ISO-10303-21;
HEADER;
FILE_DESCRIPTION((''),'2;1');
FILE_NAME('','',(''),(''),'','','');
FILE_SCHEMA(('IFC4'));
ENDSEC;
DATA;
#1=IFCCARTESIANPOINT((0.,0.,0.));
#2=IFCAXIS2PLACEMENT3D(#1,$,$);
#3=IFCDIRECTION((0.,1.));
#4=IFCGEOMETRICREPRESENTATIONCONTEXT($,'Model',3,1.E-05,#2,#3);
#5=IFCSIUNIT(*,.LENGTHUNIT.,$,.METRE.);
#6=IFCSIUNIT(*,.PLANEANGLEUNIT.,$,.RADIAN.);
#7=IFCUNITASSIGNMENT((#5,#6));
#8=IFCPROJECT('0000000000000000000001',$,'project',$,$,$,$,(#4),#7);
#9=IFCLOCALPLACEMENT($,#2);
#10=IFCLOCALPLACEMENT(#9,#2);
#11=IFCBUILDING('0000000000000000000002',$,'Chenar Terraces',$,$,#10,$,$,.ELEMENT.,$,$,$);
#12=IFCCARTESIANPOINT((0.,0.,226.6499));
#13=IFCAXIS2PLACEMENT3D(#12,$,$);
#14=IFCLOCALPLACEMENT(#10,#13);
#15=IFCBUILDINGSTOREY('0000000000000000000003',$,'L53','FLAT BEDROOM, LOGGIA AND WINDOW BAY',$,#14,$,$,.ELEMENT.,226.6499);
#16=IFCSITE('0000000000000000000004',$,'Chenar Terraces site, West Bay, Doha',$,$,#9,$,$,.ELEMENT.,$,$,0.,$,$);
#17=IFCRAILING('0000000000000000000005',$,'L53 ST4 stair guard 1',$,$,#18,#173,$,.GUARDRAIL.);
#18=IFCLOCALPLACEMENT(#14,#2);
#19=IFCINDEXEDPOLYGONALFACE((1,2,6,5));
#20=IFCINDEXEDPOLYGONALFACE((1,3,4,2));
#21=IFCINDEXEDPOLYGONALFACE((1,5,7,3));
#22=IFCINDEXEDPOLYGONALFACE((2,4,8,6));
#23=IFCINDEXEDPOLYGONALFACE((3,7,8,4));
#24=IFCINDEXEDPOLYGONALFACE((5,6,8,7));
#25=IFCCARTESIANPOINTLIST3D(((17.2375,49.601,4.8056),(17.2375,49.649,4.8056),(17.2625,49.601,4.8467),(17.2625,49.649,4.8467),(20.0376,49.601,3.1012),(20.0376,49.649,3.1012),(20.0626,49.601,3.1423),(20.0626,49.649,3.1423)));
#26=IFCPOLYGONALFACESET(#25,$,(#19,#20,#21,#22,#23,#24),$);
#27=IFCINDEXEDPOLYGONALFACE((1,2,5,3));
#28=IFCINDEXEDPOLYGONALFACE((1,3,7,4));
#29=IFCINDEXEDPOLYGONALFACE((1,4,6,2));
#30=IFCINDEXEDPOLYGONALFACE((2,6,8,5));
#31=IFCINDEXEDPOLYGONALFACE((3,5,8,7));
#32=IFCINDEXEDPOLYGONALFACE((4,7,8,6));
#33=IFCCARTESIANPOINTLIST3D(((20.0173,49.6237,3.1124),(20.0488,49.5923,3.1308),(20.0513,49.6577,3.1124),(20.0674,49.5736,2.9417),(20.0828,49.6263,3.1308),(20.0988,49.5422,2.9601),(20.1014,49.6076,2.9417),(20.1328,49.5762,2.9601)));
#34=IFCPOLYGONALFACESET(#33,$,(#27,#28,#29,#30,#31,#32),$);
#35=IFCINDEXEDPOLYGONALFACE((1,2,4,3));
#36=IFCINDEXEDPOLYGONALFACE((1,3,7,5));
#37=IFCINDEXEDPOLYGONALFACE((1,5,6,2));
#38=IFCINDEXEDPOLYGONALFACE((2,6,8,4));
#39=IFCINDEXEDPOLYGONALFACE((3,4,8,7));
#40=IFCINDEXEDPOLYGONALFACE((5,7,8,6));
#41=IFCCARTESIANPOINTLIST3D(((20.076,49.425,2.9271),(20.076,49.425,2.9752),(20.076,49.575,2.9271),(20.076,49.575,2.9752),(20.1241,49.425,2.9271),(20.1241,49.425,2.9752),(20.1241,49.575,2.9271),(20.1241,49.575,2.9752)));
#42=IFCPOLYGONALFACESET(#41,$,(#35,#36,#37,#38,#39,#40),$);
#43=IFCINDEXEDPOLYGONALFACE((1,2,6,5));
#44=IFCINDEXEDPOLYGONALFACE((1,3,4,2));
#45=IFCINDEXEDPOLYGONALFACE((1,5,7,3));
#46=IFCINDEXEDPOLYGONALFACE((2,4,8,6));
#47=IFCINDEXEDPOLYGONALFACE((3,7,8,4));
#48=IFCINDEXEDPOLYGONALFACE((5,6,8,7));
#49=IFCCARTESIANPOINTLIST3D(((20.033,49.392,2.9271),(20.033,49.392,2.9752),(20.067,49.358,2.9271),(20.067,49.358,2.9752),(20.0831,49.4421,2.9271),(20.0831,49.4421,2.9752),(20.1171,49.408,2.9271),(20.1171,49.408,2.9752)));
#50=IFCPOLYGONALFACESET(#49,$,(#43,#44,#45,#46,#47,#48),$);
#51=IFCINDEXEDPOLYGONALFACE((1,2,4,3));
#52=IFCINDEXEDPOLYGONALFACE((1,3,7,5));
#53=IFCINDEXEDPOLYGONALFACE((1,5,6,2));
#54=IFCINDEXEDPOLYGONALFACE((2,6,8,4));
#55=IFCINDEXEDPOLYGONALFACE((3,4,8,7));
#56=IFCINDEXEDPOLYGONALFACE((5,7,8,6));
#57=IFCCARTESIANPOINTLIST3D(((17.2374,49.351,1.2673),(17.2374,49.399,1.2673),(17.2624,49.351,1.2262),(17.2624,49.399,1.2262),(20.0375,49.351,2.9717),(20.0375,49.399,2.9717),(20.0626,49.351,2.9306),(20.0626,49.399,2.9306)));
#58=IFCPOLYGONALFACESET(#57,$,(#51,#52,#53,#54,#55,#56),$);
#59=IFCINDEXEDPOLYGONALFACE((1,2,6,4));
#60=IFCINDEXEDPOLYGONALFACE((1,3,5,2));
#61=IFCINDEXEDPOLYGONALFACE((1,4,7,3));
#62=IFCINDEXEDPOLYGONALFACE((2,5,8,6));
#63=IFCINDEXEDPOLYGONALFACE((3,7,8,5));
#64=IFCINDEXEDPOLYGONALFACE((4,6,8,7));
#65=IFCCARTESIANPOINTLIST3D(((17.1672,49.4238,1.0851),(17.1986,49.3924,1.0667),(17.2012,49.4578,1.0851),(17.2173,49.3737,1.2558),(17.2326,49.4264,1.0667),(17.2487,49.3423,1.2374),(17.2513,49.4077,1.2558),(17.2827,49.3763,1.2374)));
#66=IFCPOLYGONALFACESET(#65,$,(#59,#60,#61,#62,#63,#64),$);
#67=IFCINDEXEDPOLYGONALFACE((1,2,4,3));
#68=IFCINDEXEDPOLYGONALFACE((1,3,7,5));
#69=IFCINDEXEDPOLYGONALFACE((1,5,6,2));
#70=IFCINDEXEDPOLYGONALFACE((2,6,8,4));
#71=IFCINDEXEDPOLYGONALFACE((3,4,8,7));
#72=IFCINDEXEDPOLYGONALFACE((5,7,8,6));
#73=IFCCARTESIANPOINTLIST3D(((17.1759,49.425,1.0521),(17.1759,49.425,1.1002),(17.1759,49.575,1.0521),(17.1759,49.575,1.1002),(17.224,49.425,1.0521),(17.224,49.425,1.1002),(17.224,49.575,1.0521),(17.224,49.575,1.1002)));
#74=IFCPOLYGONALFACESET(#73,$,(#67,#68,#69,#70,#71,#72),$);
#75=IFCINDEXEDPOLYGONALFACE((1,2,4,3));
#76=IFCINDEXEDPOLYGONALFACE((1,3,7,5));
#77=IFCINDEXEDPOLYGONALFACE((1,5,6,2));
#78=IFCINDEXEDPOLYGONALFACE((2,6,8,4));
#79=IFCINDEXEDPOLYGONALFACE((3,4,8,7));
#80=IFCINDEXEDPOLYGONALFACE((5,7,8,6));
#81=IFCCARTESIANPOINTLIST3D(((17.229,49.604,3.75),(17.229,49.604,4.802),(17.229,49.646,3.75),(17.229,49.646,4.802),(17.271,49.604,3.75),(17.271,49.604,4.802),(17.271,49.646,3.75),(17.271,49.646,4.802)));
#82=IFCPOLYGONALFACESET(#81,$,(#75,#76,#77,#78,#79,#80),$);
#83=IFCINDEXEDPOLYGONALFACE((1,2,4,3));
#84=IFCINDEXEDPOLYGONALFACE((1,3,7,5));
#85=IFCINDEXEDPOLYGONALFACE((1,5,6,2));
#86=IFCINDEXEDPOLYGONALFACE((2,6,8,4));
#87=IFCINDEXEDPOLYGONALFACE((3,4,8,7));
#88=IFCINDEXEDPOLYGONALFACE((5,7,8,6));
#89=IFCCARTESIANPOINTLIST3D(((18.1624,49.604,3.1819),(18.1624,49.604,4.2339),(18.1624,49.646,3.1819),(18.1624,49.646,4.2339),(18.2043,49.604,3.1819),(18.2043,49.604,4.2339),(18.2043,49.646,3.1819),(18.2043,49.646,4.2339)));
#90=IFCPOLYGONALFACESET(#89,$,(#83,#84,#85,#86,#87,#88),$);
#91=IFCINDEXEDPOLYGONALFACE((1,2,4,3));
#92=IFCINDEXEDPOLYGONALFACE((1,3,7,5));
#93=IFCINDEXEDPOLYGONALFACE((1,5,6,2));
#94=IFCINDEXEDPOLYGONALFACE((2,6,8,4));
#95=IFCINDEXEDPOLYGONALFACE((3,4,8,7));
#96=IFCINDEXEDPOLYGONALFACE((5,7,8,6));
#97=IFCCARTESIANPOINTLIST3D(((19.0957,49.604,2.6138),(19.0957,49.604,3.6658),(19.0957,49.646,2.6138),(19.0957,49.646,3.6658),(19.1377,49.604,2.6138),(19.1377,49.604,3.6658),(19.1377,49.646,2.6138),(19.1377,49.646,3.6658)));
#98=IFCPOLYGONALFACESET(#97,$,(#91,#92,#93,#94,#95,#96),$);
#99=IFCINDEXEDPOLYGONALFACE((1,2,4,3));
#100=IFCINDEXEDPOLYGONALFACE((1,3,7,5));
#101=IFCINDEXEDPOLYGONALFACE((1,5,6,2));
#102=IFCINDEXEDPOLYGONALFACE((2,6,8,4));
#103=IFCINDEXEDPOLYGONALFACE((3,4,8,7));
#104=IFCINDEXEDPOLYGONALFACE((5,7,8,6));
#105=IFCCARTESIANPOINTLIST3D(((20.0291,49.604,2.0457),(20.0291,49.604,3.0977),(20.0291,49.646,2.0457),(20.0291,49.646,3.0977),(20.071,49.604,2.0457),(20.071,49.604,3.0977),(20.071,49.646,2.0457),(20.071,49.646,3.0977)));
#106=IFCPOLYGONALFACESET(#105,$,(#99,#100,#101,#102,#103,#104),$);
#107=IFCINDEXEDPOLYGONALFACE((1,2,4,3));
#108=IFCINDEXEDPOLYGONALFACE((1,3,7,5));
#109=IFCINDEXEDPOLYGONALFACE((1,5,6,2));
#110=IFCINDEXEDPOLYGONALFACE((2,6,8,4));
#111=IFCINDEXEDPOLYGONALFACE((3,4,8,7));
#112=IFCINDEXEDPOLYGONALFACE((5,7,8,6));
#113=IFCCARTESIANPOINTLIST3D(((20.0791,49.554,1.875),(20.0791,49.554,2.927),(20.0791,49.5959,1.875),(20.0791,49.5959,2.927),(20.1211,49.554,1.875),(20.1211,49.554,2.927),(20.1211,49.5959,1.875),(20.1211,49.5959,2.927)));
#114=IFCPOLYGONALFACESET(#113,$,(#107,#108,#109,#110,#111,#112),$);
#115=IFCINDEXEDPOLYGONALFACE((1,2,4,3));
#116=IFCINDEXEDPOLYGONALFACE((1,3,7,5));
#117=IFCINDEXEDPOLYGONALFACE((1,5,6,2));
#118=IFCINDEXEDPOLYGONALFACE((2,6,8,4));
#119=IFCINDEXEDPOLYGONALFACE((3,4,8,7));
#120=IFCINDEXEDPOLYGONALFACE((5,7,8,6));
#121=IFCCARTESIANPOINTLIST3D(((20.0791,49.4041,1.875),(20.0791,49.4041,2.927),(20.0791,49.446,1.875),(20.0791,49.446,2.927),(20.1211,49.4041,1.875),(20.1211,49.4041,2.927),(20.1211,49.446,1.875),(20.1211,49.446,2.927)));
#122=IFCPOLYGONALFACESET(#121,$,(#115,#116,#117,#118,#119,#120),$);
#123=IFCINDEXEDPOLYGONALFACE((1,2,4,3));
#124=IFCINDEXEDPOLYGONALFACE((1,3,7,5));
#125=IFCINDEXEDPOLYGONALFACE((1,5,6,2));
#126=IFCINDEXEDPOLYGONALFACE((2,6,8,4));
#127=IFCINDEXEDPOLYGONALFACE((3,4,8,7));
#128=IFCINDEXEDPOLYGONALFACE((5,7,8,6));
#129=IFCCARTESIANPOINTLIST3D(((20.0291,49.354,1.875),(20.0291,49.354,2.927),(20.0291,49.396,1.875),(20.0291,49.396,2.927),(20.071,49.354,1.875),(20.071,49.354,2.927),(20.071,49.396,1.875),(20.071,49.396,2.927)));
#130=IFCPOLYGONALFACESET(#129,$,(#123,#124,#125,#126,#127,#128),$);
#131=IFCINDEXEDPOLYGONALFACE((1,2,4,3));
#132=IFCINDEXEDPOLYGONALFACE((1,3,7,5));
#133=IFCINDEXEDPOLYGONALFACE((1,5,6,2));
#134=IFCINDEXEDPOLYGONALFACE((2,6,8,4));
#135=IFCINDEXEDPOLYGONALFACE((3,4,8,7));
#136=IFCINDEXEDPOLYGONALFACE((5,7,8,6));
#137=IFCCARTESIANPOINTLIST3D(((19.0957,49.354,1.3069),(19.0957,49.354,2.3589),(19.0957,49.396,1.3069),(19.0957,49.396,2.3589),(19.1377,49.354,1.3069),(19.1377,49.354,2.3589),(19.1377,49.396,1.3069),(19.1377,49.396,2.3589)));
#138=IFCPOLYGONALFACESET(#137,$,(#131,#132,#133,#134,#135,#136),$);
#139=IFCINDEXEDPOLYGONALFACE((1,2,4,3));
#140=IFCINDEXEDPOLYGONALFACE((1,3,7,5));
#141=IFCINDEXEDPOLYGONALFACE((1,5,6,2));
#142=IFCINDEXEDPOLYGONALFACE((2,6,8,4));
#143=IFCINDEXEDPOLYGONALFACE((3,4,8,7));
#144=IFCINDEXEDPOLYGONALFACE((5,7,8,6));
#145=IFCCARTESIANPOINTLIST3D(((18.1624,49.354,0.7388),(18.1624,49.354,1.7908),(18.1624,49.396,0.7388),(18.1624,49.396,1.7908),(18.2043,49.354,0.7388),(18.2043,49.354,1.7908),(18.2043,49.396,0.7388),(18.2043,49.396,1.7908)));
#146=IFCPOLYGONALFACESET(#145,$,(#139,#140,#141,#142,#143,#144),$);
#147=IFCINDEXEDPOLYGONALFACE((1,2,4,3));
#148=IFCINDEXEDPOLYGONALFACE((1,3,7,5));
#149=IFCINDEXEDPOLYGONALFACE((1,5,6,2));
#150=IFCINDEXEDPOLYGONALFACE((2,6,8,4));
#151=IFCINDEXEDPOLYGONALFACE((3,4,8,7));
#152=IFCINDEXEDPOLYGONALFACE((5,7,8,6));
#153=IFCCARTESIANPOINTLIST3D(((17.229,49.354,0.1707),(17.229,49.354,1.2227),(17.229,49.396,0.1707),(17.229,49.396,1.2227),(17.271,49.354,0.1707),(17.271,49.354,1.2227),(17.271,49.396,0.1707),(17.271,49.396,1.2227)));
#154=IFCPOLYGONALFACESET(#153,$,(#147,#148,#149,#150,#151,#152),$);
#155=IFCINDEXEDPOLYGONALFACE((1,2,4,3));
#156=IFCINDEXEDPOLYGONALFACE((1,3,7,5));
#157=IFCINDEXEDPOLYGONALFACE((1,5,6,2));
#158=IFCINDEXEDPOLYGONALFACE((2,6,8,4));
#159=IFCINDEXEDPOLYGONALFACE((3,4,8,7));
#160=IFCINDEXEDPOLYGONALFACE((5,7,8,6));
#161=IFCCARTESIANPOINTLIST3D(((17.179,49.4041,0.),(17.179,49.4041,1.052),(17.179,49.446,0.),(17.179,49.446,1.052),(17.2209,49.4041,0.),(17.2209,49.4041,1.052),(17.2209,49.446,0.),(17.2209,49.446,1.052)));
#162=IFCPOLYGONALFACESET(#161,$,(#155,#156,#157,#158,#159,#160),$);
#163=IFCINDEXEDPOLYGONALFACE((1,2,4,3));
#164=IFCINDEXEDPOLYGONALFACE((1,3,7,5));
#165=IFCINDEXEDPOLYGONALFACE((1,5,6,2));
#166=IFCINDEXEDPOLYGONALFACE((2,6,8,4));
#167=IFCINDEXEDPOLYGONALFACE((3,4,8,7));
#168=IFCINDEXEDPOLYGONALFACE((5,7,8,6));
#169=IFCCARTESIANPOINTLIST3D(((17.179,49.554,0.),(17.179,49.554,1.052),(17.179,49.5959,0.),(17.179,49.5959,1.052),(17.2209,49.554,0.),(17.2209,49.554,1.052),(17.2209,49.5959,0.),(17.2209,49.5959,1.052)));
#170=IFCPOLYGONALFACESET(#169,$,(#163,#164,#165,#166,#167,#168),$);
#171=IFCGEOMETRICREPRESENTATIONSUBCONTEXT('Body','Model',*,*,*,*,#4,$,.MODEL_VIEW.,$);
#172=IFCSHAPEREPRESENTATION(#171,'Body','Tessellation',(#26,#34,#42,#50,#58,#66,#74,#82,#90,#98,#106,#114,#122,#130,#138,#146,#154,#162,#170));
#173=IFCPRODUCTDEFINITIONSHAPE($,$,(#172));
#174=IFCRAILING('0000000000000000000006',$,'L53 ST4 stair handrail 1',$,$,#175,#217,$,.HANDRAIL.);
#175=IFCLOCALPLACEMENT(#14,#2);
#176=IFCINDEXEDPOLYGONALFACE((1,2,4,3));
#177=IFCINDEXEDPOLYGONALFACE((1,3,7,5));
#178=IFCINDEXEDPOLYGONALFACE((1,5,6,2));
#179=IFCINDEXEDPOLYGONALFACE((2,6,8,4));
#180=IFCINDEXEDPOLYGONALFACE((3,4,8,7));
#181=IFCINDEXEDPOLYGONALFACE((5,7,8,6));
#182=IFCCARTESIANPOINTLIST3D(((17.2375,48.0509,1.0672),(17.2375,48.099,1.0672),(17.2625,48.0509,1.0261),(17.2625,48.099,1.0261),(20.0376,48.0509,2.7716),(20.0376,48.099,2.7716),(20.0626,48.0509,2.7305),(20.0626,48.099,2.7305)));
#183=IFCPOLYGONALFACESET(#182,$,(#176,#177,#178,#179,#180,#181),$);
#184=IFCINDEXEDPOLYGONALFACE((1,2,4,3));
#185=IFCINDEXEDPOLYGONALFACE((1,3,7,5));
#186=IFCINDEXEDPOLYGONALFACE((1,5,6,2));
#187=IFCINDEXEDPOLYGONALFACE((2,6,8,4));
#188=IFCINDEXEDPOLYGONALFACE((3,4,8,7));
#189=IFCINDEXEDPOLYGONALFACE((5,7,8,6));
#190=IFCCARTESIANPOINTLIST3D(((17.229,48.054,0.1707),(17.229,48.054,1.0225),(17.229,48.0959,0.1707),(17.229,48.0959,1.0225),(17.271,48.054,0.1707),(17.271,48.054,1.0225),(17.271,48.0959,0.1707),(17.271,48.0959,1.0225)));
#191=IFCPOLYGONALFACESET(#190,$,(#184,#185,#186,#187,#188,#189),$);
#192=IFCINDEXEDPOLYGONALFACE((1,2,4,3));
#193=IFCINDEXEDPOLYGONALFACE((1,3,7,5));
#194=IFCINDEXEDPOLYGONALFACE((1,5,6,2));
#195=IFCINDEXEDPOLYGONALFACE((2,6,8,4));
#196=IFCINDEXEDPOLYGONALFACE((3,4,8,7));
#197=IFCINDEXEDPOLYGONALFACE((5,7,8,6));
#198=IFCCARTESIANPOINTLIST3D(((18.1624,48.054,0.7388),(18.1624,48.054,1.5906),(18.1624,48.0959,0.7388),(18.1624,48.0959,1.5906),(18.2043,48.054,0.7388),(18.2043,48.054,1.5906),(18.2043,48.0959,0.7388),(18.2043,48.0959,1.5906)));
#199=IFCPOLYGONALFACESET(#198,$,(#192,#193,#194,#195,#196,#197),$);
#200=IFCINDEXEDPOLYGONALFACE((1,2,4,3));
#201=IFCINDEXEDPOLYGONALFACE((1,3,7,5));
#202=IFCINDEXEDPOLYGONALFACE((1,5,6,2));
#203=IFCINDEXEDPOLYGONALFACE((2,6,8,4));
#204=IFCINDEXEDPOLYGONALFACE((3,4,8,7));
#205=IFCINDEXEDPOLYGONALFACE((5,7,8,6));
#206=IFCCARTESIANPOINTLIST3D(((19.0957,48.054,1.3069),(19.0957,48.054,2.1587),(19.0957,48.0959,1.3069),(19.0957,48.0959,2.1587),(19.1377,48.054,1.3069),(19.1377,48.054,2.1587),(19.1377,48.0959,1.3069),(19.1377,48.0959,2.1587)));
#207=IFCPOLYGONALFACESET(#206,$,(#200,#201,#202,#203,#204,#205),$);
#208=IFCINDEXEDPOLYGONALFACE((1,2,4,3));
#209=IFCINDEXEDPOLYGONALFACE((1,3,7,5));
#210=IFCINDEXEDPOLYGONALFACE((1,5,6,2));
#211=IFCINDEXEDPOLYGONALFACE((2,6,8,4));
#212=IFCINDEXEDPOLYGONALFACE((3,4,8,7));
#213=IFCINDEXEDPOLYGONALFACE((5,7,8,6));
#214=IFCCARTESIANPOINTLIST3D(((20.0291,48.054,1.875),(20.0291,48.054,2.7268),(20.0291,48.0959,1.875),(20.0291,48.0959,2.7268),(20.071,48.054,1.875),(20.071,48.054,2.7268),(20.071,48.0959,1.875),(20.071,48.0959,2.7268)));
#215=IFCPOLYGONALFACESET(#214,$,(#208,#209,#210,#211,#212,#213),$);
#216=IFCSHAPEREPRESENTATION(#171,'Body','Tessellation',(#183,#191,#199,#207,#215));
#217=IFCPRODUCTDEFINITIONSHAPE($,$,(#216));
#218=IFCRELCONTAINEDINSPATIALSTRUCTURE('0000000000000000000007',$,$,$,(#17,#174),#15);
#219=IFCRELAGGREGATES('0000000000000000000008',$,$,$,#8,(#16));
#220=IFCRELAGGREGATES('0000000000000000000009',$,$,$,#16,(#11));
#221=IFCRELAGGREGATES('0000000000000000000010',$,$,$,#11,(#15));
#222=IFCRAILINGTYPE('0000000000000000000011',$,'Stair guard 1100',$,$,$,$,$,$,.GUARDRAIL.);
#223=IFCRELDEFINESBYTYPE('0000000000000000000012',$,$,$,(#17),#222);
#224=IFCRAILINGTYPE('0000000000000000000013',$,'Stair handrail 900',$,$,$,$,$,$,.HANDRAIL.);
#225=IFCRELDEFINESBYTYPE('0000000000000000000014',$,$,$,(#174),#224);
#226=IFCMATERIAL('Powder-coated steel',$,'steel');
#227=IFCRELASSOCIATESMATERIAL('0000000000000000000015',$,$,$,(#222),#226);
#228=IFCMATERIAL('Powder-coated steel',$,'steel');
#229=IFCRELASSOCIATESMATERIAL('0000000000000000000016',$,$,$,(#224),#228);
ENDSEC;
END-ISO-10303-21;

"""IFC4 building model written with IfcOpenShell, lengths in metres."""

from ifc_helpers import new_model, si_unit, direction, frame, origin, origin_2d, place, context, subcontext, project, spatial, rectangle, extrude, material, type_object, element, save


model = new_model("IFC4")

# Units and contexts
model_context = context("Model", 3, precision=1e-05, world=origin(), true_north=direction((0.0, 1.0)))
body_context = subcontext(model_context, "Body", "Model", "MODEL_VIEW")
ifc_project = project(units=[si_unit("LENGTHUNIT", "METRE"), si_unit("PLANEANGLEUNIT", "RADIAN")], contexts=[model_context])

# Site, building, storey
site_placement = place(None, origin())
site = spatial("IfcSite", under=ifc_project, at=site_placement, Name="Chenar Terraces site, West Bay, Doha", CompositionType="ELEMENT", RefElevation=0.0)
building_placement = place(site_placement, origin())
building = spatial("IfcBuilding", under=site, at=building_placement, Name="Chenar Terraces", CompositionType="ELEMENT")
storey_placement = place(building_placement, frame((0.0, 0.0, 226.6499)))
storey = spatial("IfcBuildingStorey", under=building, at=storey_placement, Name="L53", Description="FLAT BEDROOM, LOGGIA AND WINDOW BAY", CompositionType="ELEMENT", Elevation=226.6499)

# Railings
ifc_material_1 = material(Name="Powder-coated steel", Category="steel")
railing_type_1 = type_object("IfcRailingType", Name="Stair guard 1100", PredefinedType="GUARDRAIL", material=ifc_material_1)
railing_1_placement = place(storey_placement, frame((17.25, 49.625, 3.75)))
element("IfcRailing", 1, at=railing_1_placement, inside=storey, type_object=railing_type_1, Name="L53 ST4 stair guard 1", PredefinedType="GUARDRAIL", context=body_context, shape_type="SweptSolid", body=[
    extrude(rectangle(XDim=0.0481, YDim=0.0481, at=origin_2d()), frame((0.0, 0.0, 1.0762), z_axis=(0.854203, 0.0, -0.51994), x_axis=(0.0, 1.0, 0.0)), (0.0, 0.0, 1.0), 3.2781),
    extrude(rectangle(XDim=0.0481, YDim=0.0481, at=origin_2d()), frame((2.8, 0.0, -0.6284), z_axis=(0.2709, -0.2709, -0.923703), x_axis=(0.707107, 0.707107, 0.0)), (0.0, 0.0, 1.0), 0.1848),
    extrude(rectangle(XDim=0.0481, YDim=0.0481, at=origin_2d()), frame((2.8501, -0.05, -0.7988), z_axis=(0.0, -1.0, 0.0), x_axis=(1.0, 0.0, 0.0)), (0.0, 0.0, 1.0), 0.1499),
    extrude(rectangle(XDim=0.0481, YDim=0.0481, at=origin_2d()), frame((2.8501, -0.2, -0.7988), z_axis=(-0.707107, -0.707107, 0.0), x_axis=(0.707107, -0.707107, 0.0)), (0.0, 0.0, 1.0), 0.0708),
    extrude(rectangle(XDim=0.0481, YDim=0.0481, at=origin_2d()), frame((2.8, -0.25, -0.7988), z_axis=(-0.854203, 0.0, -0.51994), x_axis=(0.0, -1.0, 0.0)), (0.0, 0.0, 1.0), 3.2781),
    extrude(rectangle(XDim=0.0481, YDim=0.0481, at=origin_2d()), frame((0.0, -0.25, -2.5034), z_axis=(-0.2709, 0.2709, -0.923703), x_axis=(-0.707107, -0.707107, 0.0)), (0.0, 0.0, 1.0), 0.1848),
    extrude(rectangle(XDim=0.0481, YDim=0.0481, at=origin_2d()), frame((-0.05, -0.2, -2.6738), z_axis=(0.0, 1.0, 0.0), x_axis=(-1.0, 0.0, 0.0)), (0.0, 0.0, 1.0), 0.1499),
    extrude(rectangle(XDim=0.042, YDim=0.042, at=origin_2d()), origin(), (0.0, 0.0, 1.0), 1.052),
    extrude(rectangle(XDim=0.042, YDim=0.042, at=origin_2d()), frame((0.9333, 0.0, -0.5681)), (0.0, 0.0, 1.0), 1.052),
    extrude(rectangle(XDim=0.042, YDim=0.042, at=origin_2d()), frame((1.8667, 0.0, -1.1362)), (0.0, 0.0, 1.0), 1.052),
    extrude(rectangle(XDim=0.042, YDim=0.042, at=origin_2d()), frame((2.8, 0.0, -1.7043)), (0.0, 0.0, 1.0), 1.052),
    extrude(rectangle(XDim=0.042, YDim=0.042, at=origin_2d()), frame((2.8501, -0.05, -1.875)), (0.0, 0.0, 1.0), 1.052),
    extrude(rectangle(XDim=0.042, YDim=0.042, at=origin_2d()), frame((2.8501, -0.2, -1.875)), (0.0, 0.0, 1.0), 1.052),
    extrude(rectangle(XDim=0.042, YDim=0.042, at=origin_2d()), frame((2.8, -0.25, -1.875)), (0.0, 0.0, 1.0), 1.052),
    extrude(rectangle(XDim=0.042, YDim=0.042, at=origin_2d()), frame((1.8667, -0.25, -2.4431)), (0.0, 0.0, 1.0), 1.052),
    extrude(rectangle(XDim=0.042, YDim=0.042, at=origin_2d()), frame((0.9333, -0.25, -3.0112)), (0.0, 0.0, 1.0), 1.052),
    extrude(rectangle(XDim=0.042, YDim=0.042, at=origin_2d()), frame((0.0, -0.25, -3.5793)), (0.0, 0.0, 1.0), 1.052),
    extrude(rectangle(XDim=0.042, YDim=0.042, at=origin_2d()), frame((-0.05, -0.2, -3.75)), (0.0, 0.0, 1.0), 1.052),
    extrude(rectangle(XDim=0.042, YDim=0.042, at=origin_2d()), frame((-0.05, -0.05, -3.75)), (0.0, 0.0, 1.0), 1.052),
])
ifc_material_2 = material(Name="Powder-coated steel", Category="steel")
railing_type_2 = type_object("IfcRailingType", Name="Stair handrail 900", PredefinedType="HANDRAIL", material=ifc_material_2)
railing_2_placement = place(storey_placement, frame((17.25, 48.075, 0.1707)))
element("IfcRailing", 2, at=railing_2_placement, inside=storey, type_object=railing_type_2, Name="L53 ST4 stair handrail 1", PredefinedType="HANDRAIL", context=body_context, shape_type="SweptSolid", body=[
    extrude(rectangle(XDim=0.0481, YDim=0.0481, at=origin_2d()), frame((0.0, 0.0, 0.876), z_axis=(0.854203, 0.0, 0.51994), x_axis=(0.0, 1.0, 0.0)), (0.0, 0.0, 1.0), 3.2781),
    extrude(rectangle(XDim=0.042, YDim=0.042, at=origin_2d()), origin(), (0.0, 0.0, 1.0), 0.8518),
    extrude(rectangle(XDim=0.042, YDim=0.042, at=origin_2d()), frame((0.9333, 0.0, 0.5681)), (0.0, 0.0, 1.0), 0.8518),
    extrude(rectangle(XDim=0.042, YDim=0.042, at=origin_2d()), frame((1.8667, 0.0, 1.1362)), (0.0, 0.0, 1.0), 0.8518),
    extrude(rectangle(XDim=0.042, YDim=0.042, at=origin_2d()), frame((2.8, 0.0, 1.7043)), (0.0, 0.0, 1.0), 0.8518),
])

save(model, "model.ifc")
